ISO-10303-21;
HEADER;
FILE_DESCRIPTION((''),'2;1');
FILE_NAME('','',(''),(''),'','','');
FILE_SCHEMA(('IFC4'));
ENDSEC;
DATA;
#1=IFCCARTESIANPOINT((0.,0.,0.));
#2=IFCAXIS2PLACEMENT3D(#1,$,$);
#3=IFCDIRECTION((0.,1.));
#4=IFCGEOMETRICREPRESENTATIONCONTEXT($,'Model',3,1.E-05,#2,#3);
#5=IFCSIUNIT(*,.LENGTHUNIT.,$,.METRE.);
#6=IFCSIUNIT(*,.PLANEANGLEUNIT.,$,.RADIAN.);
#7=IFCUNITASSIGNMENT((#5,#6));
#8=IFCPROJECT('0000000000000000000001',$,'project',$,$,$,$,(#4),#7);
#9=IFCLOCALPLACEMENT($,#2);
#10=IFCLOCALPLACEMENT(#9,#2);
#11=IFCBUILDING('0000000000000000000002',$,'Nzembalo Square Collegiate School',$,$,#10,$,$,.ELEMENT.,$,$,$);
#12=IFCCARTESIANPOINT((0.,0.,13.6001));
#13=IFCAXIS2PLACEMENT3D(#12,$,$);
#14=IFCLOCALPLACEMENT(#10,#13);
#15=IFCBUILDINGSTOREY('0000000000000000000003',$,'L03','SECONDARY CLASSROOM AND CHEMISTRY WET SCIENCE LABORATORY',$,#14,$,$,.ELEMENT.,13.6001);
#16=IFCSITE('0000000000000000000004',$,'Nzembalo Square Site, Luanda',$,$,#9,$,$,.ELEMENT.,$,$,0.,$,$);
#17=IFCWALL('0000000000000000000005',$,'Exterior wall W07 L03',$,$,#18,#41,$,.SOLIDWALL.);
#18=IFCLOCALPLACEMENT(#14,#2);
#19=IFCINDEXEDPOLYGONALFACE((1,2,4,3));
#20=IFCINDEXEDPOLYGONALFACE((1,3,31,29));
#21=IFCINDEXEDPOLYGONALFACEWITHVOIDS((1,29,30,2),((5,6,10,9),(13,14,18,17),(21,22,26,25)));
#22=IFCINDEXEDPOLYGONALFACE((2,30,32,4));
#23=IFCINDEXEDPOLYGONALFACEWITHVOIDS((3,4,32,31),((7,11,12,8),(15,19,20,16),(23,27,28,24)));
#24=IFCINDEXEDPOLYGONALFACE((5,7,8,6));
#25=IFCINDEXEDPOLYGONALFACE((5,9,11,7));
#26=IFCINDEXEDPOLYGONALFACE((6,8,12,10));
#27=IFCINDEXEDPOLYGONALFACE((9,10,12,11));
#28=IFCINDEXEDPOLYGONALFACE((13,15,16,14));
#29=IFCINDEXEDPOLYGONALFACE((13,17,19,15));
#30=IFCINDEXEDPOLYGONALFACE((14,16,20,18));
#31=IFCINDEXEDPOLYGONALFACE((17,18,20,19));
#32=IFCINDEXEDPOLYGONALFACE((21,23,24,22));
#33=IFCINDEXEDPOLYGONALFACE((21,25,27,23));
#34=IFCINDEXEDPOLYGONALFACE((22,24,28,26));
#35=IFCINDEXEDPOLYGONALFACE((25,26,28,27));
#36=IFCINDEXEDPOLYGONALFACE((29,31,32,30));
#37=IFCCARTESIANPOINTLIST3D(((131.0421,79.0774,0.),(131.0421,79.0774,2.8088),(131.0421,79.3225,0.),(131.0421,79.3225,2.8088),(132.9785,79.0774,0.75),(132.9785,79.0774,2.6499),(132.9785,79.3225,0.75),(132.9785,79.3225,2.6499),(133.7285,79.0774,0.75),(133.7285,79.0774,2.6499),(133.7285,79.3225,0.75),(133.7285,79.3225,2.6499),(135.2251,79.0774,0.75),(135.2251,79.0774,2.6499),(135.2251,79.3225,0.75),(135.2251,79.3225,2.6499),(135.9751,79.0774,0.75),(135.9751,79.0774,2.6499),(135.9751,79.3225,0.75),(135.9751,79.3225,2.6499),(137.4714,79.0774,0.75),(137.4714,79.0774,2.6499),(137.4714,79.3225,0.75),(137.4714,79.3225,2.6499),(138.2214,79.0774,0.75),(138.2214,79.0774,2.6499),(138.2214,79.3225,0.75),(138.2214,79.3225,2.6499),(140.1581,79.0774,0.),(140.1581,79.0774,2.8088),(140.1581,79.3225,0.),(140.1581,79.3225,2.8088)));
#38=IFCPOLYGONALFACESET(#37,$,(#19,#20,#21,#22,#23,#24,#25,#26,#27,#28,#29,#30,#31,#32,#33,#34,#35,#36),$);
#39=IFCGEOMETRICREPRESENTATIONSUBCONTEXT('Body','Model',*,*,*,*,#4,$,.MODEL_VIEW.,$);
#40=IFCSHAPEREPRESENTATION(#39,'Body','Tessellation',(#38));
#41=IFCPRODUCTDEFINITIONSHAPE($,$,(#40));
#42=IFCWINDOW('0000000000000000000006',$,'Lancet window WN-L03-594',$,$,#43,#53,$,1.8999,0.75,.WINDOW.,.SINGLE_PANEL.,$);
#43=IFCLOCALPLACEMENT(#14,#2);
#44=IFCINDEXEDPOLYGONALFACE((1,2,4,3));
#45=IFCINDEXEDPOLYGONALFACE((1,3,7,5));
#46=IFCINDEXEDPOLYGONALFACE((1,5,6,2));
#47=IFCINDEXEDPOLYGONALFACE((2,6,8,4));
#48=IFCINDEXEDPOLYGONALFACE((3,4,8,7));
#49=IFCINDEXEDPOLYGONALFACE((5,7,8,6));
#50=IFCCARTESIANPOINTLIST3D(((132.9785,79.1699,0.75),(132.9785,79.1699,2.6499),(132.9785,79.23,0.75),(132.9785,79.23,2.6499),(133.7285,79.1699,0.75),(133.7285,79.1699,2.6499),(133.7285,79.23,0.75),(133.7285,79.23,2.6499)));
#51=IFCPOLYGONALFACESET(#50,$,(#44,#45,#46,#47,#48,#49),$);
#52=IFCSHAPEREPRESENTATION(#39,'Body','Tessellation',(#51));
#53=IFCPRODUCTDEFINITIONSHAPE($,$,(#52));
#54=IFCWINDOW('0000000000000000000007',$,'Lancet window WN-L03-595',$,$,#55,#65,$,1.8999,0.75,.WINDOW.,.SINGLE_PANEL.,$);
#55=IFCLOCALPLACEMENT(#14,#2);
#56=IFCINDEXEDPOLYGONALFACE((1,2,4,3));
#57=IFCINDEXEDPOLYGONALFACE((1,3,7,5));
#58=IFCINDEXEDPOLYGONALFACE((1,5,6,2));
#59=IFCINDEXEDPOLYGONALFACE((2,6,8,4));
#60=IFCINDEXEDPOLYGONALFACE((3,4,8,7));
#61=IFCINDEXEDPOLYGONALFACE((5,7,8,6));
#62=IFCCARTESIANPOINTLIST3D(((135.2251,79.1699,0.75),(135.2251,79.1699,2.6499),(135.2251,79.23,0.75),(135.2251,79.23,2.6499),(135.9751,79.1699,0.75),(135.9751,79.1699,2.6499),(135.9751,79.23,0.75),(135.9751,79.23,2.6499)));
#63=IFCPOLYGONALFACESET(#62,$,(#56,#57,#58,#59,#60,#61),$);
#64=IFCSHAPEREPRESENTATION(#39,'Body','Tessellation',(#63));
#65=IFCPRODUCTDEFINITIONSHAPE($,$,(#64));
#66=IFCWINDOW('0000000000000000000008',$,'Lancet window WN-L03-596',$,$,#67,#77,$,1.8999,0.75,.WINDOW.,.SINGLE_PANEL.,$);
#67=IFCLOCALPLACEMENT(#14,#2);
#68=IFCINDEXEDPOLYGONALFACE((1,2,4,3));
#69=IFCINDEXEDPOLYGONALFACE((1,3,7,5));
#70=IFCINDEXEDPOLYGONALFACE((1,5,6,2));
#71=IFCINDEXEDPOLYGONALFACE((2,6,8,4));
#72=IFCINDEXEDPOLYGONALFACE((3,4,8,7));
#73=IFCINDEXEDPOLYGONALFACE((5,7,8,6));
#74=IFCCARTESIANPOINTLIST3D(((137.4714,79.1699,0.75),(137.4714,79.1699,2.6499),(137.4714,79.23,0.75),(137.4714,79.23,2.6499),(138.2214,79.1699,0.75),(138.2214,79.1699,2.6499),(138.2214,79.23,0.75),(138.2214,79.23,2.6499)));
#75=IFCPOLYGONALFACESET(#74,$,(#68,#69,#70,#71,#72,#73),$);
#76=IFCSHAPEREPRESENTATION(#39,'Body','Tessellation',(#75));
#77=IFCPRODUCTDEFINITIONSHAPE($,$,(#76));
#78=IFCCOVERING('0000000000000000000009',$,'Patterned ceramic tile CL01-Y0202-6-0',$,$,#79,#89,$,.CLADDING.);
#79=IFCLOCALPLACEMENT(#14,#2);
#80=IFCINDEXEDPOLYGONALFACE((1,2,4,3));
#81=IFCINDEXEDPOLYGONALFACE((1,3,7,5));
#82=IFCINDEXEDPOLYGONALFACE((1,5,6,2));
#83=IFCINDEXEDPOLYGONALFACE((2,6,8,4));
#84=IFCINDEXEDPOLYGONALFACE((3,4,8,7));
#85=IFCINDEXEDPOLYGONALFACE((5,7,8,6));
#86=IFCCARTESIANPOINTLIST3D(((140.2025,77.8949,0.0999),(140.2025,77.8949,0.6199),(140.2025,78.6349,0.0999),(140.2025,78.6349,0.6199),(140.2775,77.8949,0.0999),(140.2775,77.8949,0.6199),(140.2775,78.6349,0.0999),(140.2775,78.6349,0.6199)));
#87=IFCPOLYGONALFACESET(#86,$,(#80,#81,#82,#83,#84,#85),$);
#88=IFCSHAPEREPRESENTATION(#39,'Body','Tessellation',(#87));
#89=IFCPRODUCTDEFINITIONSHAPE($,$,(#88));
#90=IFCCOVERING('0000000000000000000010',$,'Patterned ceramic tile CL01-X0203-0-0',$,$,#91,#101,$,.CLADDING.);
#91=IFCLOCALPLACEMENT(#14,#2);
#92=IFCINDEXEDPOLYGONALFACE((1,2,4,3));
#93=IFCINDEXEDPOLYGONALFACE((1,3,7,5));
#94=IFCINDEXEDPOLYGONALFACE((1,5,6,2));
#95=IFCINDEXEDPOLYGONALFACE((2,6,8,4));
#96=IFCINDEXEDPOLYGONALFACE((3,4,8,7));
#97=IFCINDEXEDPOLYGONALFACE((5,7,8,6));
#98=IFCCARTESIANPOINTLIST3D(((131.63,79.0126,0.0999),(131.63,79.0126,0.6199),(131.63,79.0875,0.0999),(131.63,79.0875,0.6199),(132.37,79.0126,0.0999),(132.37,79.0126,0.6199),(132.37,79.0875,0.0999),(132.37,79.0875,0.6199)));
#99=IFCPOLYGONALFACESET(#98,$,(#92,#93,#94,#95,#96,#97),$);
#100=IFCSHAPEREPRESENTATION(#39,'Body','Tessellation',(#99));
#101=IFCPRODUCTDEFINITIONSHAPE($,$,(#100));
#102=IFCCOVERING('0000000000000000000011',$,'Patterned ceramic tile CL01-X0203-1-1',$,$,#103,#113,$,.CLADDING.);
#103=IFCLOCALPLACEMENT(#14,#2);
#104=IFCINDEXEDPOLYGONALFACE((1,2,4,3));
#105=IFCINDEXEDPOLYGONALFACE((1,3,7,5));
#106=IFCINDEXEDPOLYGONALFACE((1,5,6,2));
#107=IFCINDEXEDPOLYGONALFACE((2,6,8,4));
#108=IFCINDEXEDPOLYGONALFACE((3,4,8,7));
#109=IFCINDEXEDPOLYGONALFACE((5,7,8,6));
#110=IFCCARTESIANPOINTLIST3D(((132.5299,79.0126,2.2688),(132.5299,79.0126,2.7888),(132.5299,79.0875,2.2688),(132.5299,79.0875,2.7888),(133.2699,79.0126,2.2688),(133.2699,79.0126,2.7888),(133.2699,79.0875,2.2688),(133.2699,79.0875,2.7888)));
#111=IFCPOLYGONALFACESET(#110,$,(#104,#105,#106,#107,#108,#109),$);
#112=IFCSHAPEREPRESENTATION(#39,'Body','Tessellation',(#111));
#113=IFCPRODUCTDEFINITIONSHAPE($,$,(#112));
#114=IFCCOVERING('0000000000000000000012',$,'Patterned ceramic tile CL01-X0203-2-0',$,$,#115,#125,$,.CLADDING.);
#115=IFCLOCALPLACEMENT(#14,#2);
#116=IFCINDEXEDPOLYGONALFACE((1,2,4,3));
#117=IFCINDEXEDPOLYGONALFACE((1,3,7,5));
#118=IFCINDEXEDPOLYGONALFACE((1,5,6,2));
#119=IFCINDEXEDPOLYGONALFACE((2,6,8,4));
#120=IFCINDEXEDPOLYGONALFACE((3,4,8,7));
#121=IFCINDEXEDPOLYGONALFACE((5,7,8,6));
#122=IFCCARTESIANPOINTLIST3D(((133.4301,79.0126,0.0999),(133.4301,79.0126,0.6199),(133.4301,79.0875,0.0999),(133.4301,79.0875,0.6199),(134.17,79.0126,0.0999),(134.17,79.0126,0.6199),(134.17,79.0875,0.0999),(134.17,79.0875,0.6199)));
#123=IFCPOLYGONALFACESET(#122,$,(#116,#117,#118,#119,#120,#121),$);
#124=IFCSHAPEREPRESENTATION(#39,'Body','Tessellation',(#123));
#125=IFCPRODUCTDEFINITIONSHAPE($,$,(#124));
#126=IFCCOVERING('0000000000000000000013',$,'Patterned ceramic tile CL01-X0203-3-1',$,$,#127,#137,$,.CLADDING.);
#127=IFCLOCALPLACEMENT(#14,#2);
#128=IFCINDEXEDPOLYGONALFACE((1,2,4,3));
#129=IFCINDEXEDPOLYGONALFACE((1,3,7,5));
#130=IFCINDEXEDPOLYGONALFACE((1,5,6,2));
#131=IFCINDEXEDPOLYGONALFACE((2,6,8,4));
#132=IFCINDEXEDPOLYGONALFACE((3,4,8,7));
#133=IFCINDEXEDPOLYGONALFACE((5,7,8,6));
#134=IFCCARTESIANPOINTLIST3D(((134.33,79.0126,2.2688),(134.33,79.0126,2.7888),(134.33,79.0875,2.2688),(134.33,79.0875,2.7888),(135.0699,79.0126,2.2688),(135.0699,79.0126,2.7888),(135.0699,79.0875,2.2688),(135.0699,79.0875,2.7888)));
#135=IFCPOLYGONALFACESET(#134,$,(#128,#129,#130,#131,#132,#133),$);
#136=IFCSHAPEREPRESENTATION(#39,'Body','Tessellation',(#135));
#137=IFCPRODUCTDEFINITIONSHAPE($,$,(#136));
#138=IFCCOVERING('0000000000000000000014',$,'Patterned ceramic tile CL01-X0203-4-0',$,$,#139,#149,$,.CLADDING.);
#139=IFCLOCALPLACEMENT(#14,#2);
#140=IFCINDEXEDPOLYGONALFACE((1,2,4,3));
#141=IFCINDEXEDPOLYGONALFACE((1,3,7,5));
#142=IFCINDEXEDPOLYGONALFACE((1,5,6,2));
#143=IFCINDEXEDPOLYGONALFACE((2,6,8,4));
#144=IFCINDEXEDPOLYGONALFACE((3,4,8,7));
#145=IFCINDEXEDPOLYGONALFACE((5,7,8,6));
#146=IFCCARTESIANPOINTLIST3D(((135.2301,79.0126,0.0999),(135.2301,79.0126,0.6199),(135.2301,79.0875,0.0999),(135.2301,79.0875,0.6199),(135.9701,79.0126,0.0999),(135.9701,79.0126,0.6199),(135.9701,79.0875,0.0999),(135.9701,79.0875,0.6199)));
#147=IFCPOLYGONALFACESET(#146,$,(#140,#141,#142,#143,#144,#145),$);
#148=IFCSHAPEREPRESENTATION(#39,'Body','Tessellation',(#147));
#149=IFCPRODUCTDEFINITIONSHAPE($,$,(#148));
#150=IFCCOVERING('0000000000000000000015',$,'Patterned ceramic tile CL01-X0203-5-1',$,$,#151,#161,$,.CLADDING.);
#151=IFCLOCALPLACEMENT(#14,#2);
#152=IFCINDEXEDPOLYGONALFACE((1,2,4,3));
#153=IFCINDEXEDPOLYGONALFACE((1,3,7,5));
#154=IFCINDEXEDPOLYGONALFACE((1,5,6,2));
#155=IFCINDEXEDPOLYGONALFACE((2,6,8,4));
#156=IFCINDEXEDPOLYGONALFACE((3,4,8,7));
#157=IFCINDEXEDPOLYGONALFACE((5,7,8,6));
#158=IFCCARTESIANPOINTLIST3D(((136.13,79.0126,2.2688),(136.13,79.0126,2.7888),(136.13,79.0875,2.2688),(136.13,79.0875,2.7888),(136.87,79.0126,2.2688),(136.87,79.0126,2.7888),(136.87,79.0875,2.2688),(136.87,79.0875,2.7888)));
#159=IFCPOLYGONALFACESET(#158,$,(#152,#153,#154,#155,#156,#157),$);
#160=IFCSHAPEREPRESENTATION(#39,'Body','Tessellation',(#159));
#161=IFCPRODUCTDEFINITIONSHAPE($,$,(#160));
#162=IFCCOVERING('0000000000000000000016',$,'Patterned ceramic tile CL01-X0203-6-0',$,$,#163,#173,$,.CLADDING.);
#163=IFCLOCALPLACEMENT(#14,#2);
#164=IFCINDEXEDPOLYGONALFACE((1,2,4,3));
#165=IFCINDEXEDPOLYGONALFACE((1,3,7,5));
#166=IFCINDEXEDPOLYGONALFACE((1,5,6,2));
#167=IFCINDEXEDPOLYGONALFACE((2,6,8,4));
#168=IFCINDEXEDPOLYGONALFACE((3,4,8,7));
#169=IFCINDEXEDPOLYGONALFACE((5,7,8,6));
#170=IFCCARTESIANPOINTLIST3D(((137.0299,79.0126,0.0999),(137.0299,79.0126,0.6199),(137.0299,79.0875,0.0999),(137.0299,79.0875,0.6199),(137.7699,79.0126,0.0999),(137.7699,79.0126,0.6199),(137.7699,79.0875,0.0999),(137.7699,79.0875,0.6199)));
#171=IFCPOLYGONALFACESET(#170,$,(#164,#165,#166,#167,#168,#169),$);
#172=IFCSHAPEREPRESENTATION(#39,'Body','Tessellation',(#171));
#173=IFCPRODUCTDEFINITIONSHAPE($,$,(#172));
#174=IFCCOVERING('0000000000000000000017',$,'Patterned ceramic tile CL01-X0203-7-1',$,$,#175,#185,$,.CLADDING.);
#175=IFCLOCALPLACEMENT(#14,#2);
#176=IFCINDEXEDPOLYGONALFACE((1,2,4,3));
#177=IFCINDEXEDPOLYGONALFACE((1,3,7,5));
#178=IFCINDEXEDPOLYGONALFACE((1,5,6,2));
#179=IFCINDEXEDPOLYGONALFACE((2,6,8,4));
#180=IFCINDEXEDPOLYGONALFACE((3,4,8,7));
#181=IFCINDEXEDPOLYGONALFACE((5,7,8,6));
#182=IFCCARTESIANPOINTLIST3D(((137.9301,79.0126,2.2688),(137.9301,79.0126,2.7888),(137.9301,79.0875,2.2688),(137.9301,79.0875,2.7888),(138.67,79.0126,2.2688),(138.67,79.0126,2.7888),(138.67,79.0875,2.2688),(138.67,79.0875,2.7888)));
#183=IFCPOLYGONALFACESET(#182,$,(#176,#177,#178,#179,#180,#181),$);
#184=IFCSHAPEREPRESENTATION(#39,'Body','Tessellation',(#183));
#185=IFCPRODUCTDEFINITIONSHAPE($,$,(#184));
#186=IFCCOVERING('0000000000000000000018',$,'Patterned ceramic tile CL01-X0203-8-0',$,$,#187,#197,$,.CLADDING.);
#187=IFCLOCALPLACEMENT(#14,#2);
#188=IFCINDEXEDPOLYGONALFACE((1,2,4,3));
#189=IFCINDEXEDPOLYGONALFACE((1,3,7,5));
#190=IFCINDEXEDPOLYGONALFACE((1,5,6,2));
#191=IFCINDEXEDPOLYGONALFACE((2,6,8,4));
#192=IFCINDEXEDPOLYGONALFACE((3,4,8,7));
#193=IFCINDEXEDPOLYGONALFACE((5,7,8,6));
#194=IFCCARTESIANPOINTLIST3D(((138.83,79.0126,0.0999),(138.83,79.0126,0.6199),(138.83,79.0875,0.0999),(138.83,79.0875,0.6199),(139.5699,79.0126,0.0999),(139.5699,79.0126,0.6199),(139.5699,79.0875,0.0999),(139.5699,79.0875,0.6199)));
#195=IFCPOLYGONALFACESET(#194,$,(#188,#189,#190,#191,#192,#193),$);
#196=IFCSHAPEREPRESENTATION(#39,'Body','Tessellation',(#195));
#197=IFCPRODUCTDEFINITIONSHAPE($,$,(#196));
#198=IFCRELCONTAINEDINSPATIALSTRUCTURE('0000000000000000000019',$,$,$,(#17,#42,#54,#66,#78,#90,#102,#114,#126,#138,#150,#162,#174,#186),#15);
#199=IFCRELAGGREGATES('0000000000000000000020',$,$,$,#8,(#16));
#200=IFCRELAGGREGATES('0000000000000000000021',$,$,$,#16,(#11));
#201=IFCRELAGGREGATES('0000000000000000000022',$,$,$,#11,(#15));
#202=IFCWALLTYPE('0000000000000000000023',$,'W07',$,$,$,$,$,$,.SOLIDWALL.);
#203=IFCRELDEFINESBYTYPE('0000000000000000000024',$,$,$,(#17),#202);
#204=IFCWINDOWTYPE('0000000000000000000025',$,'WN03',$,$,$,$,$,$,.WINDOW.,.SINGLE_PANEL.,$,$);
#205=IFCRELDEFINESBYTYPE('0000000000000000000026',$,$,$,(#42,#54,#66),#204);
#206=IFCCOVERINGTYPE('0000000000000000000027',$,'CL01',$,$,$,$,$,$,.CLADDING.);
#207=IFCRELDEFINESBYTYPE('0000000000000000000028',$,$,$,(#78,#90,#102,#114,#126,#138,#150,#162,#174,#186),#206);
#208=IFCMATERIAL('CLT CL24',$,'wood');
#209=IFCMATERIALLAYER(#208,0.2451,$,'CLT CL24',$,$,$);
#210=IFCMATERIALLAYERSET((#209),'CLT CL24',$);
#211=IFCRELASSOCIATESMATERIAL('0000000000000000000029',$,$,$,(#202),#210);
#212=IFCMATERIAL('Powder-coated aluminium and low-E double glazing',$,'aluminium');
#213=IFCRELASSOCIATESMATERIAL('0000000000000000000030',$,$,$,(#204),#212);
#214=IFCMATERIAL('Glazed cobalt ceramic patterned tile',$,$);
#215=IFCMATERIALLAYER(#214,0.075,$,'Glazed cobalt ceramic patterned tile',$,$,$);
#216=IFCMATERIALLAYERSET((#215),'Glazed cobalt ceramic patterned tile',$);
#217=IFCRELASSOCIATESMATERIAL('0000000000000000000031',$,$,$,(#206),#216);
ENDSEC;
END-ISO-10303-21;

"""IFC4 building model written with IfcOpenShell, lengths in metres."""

from ifc_helpers import new_model, si_unit, direction, frame, frame_2d, origin, origin_2d, place, context, subcontext, project, spatial, rectangle, extrude, material, layer, layer_set, type_object, element, fill, save


model = new_model("IFC4")

# Units and contexts
model_context = context("Model", 3, precision=1e-05, world=origin(), true_north=direction((0.0, 1.0)))
body_context = subcontext(model_context, "Body", "Model", "MODEL_VIEW")
ifc_project = project(units=[si_unit("LENGTHUNIT", "METRE"), si_unit("PLANEANGLEUNIT", "RADIAN")], contexts=[model_context])

# Site, building, storey
site_placement = place(None, origin())
site = spatial("IfcSite", under=ifc_project, at=site_placement, Name="Nzembalo Square Site, Luanda", CompositionType="ELEMENT", RefElevation=0.0)
building_placement = place(site_placement, origin())
building = spatial("IfcBuilding", under=site, at=building_placement, Name="Nzembalo Square Collegiate School", CompositionType="ELEMENT")
storey_placement = place(building_placement, frame((0.0, 0.0, 13.6001)))
storey = spatial("IfcBuildingStorey", under=building, at=storey_placement, Name="L03", Description="SECONDARY CLASSROOM AND CHEMISTRY WET SCIENCE LABORATORY", CompositionType="ELEMENT", Elevation=13.6001)

# Wall, openings, windows
ifc_material_1 = material(Name="CLT CL24", Category="wood")
ifc_layer_1 = layer(ifc_material_1, 0.2451, Name="CLT CL24")
ifc_layer_set_1 = layer_set([ifc_layer_1], Name="CLT CL24")
wall_type = type_object("IfcWallType", Name="W07", PredefinedType="SOLIDWALL", material=ifc_layer_set_1)
wall_placement = place(storey_placement, frame((131.042, 79.2, 0.0), z_axis=(0.0, 0.0, 1.0), x_axis=(1.0, 0.0, 0.0)))
wall = element("IfcWall", 1, at=wall_placement, inside=storey, type_object=wall_type, Name="Exterior wall W07 L03", PredefinedType="SOLIDWALL", context=body_context, shape_type="SweptSolid", body=[
    extrude(rectangle(XDim=9.116, YDim=0.2451, at=frame_2d((4.5581, 0.0))), origin(), (0.0, 0.0, 1.0), 2.8088),
])
opening_1_placement = place(wall_placement, frame((1.9365, 0.0, 0.75)))
opening_1 = element("IfcOpeningElement", 2, at=opening_1_placement, cuts=wall, PredefinedType="OPENING", context=body_context, shape_type="SweptSolid", body=[
    extrude(rectangle(XDim=0.75, YDim=1.8999, at=frame_2d((0.375, 0.95))), frame((0.0, 0.1326, 0.0), z_axis=(0.0, -1.0, 0.0), x_axis=(1.0, 0.0, 0.0)), (0.0, 0.0, 1.0), 0.2651),
])
opening_2_placement = place(wall_placement, frame((4.1831, 0.0, 0.75)))
opening_2 = element("IfcOpeningElement", 3, at=opening_2_placement, cuts=wall, PredefinedType="OPENING", context=body_context, shape_type="SweptSolid", body=[
    extrude(rectangle(XDim=0.75, YDim=1.8999, at=frame_2d((0.375, 0.95))), frame((0.0, 0.1326, 0.0), z_axis=(0.0, -1.0, 0.0), x_axis=(1.0, 0.0, 0.0)), (0.0, 0.0, 1.0), 0.2651),
])
opening_3_placement = place(wall_placement, frame((6.4294, 0.0, 0.75)))
opening_3 = element("IfcOpeningElement", 4, at=opening_3_placement, cuts=wall, PredefinedType="OPENING", context=body_context, shape_type="SweptSolid", body=[
    extrude(rectangle(XDim=0.75, YDim=1.8999, at=frame_2d((0.375, 0.95))), frame((0.0, 0.1326, 0.0), z_axis=(0.0, -1.0, 0.0), x_axis=(1.0, 0.0, 0.0)), (0.0, 0.0, 1.0), 0.2651),
])
ifc_material_2 = material(Name="Powder-coated aluminium and low-E double glazing", Category="aluminium")
window_type = type_object("IfcWindowType", Name="WN03", PartitioningType="SINGLE_PANEL", PredefinedType="WINDOW", material=ifc_material_2)
window_1_placement = place(opening_1_placement, origin())
window_1 = element("IfcWindow", 5, at=window_1_placement, inside=storey, type_object=window_type, Name="Lancet window WN-L03-594", OverallHeight=1.8999, OverallWidth=0.75, PartitioningType="SINGLE_PANEL", PredefinedType="WINDOW", context=body_context, shape_type="SweptSolid", body=[
    extrude(rectangle(XDim=0.75, YDim=1.8999, at=frame_2d((0.375, 0.95))), frame((0.0, 0.03, 0.0), z_axis=(0.0, -1.0, 0.0), x_axis=(1.0, 0.0, 0.0)), (0.0, 0.0, 1.0), 0.0601),
])
fill(opening_1, window_1)
window_2_placement = place(opening_2_placement, origin())
window_2 = element("IfcWindow", 6, at=window_2_placement, inside=storey, type_object=window_type, Name="Lancet window WN-L03-595", OverallHeight=1.8999, OverallWidth=0.75, PartitioningType="SINGLE_PANEL", PredefinedType="WINDOW", context=body_context, shape_type="SweptSolid", body=[
    extrude(rectangle(XDim=0.75, YDim=1.8999, at=frame_2d((0.375, 0.95))), frame((0.0, 0.03, 0.0), z_axis=(0.0, -1.0, 0.0), x_axis=(1.0, 0.0, 0.0)), (0.0, 0.0, 1.0), 0.0601),
])
fill(opening_2, window_2)
window_3_placement = place(opening_3_placement, origin())
window_3 = element("IfcWindow", 7, at=window_3_placement, inside=storey, type_object=window_type, Name="Lancet window WN-L03-596", OverallHeight=1.8999, OverallWidth=0.75, PartitioningType="SINGLE_PANEL", PredefinedType="WINDOW", context=body_context, shape_type="SweptSolid", body=[
    extrude(rectangle(XDim=0.75, YDim=1.8999, at=frame_2d((0.375, 0.95))), frame((0.0, 0.03, 0.0), z_axis=(0.0, -1.0, 0.0), x_axis=(1.0, 0.0, 0.0)), (0.0, 0.0, 1.0), 0.0601),
])
fill(opening_3, window_3)

# Coverings
ifc_material_3 = material(Name="Glazed cobalt ceramic patterned tile")
ifc_layer_2 = layer(ifc_material_3, 0.075, Name="Glazed cobalt ceramic patterned tile")
ifc_layer_set_2 = layer_set([ifc_layer_2], Name="Glazed cobalt ceramic patterned tile")
covering_type_1 = type_object("IfcCoveringType", Name="CL01", PredefinedType="CLADDING", material=ifc_layer_set_2)
covering_1_placement = place(storey_placement, frame((140.24, 78.2649, 0.0999), z_axis=(0.0, 0.0, 1.0), x_axis=(1.0, 0.0, 0.0)))
element("IfcCovering", 8, at=covering_1_placement, inside=storey, type_object=covering_type_1, Name="Patterned ceramic tile CL01-Y0202-6-0", PredefinedType="CLADDING", context=body_context, shape_type="SweptSolid", body=[
    extrude(rectangle(XDim=0.075, YDim=0.74, at=origin_2d()), origin(), (0.0, 0.0, 1.0), 0.52),
])
for number, where, z_axis, x_axis, name in (
    (9, (132.0, 79.05, 0.0999), (0.0, 0.0, 1.0), (1.0, 0.0, 0.0), "Patterned ceramic tile CL01-X0203-0-0"),
    (10, (132.8999, 79.05, 2.2688), (0.0, 0.0, 1.0), (1.0, 0.0, 0.0), "Patterned ceramic tile CL01-X0203-1-1"),
    (11, (133.8, 79.05, 0.0999), (0.0, 0.0, 1.0), (1.0, 0.0, 0.0), "Patterned ceramic tile CL01-X0203-2-0"),
    (12, (134.7, 79.05, 2.2688), (0.0, 0.0, 1.0), (1.0, 0.0, 0.0), "Patterned ceramic tile CL01-X0203-3-1"),
    (13, (135.6001, 79.05, 0.0999), (0.0, 0.0, 1.0), (1.0, 0.0, 0.0), "Patterned ceramic tile CL01-X0203-4-0"),
    (14, (136.5, 79.05, 2.2688), (0.0, 0.0, 1.0), (1.0, 0.0, 0.0), "Patterned ceramic tile CL01-X0203-5-1"),
    (15, (137.3999, 79.05, 0.0999), (0.0, 0.0, 1.0), (1.0, 0.0, 0.0), "Patterned ceramic tile CL01-X0203-6-0"),
    (16, (138.3, 79.05, 2.2688), (0.0, 0.0, 1.0), (1.0, 0.0, 0.0), "Patterned ceramic tile CL01-X0203-7-1"),
    (17, (139.2, 79.05, 0.0999), (0.0, 0.0, 1.0), (1.0, 0.0, 0.0), "Patterned ceramic tile CL01-X0203-8-0"),
):
    element("IfcCovering", number, at=place(storey_placement, frame(where, z_axis=z_axis, x_axis=x_axis)), inside=storey, type_object=covering_type_1, Name=name, PredefinedType="CLADDING", context=body_context, shape_type="SweptSolid", body=[
        extrude(rectangle(XDim=0.74, YDim=0.075, at=origin_2d()), origin(), (0.0, 0.0, 1.0), 0.52),
    ])

save(model, "model.ifc")
